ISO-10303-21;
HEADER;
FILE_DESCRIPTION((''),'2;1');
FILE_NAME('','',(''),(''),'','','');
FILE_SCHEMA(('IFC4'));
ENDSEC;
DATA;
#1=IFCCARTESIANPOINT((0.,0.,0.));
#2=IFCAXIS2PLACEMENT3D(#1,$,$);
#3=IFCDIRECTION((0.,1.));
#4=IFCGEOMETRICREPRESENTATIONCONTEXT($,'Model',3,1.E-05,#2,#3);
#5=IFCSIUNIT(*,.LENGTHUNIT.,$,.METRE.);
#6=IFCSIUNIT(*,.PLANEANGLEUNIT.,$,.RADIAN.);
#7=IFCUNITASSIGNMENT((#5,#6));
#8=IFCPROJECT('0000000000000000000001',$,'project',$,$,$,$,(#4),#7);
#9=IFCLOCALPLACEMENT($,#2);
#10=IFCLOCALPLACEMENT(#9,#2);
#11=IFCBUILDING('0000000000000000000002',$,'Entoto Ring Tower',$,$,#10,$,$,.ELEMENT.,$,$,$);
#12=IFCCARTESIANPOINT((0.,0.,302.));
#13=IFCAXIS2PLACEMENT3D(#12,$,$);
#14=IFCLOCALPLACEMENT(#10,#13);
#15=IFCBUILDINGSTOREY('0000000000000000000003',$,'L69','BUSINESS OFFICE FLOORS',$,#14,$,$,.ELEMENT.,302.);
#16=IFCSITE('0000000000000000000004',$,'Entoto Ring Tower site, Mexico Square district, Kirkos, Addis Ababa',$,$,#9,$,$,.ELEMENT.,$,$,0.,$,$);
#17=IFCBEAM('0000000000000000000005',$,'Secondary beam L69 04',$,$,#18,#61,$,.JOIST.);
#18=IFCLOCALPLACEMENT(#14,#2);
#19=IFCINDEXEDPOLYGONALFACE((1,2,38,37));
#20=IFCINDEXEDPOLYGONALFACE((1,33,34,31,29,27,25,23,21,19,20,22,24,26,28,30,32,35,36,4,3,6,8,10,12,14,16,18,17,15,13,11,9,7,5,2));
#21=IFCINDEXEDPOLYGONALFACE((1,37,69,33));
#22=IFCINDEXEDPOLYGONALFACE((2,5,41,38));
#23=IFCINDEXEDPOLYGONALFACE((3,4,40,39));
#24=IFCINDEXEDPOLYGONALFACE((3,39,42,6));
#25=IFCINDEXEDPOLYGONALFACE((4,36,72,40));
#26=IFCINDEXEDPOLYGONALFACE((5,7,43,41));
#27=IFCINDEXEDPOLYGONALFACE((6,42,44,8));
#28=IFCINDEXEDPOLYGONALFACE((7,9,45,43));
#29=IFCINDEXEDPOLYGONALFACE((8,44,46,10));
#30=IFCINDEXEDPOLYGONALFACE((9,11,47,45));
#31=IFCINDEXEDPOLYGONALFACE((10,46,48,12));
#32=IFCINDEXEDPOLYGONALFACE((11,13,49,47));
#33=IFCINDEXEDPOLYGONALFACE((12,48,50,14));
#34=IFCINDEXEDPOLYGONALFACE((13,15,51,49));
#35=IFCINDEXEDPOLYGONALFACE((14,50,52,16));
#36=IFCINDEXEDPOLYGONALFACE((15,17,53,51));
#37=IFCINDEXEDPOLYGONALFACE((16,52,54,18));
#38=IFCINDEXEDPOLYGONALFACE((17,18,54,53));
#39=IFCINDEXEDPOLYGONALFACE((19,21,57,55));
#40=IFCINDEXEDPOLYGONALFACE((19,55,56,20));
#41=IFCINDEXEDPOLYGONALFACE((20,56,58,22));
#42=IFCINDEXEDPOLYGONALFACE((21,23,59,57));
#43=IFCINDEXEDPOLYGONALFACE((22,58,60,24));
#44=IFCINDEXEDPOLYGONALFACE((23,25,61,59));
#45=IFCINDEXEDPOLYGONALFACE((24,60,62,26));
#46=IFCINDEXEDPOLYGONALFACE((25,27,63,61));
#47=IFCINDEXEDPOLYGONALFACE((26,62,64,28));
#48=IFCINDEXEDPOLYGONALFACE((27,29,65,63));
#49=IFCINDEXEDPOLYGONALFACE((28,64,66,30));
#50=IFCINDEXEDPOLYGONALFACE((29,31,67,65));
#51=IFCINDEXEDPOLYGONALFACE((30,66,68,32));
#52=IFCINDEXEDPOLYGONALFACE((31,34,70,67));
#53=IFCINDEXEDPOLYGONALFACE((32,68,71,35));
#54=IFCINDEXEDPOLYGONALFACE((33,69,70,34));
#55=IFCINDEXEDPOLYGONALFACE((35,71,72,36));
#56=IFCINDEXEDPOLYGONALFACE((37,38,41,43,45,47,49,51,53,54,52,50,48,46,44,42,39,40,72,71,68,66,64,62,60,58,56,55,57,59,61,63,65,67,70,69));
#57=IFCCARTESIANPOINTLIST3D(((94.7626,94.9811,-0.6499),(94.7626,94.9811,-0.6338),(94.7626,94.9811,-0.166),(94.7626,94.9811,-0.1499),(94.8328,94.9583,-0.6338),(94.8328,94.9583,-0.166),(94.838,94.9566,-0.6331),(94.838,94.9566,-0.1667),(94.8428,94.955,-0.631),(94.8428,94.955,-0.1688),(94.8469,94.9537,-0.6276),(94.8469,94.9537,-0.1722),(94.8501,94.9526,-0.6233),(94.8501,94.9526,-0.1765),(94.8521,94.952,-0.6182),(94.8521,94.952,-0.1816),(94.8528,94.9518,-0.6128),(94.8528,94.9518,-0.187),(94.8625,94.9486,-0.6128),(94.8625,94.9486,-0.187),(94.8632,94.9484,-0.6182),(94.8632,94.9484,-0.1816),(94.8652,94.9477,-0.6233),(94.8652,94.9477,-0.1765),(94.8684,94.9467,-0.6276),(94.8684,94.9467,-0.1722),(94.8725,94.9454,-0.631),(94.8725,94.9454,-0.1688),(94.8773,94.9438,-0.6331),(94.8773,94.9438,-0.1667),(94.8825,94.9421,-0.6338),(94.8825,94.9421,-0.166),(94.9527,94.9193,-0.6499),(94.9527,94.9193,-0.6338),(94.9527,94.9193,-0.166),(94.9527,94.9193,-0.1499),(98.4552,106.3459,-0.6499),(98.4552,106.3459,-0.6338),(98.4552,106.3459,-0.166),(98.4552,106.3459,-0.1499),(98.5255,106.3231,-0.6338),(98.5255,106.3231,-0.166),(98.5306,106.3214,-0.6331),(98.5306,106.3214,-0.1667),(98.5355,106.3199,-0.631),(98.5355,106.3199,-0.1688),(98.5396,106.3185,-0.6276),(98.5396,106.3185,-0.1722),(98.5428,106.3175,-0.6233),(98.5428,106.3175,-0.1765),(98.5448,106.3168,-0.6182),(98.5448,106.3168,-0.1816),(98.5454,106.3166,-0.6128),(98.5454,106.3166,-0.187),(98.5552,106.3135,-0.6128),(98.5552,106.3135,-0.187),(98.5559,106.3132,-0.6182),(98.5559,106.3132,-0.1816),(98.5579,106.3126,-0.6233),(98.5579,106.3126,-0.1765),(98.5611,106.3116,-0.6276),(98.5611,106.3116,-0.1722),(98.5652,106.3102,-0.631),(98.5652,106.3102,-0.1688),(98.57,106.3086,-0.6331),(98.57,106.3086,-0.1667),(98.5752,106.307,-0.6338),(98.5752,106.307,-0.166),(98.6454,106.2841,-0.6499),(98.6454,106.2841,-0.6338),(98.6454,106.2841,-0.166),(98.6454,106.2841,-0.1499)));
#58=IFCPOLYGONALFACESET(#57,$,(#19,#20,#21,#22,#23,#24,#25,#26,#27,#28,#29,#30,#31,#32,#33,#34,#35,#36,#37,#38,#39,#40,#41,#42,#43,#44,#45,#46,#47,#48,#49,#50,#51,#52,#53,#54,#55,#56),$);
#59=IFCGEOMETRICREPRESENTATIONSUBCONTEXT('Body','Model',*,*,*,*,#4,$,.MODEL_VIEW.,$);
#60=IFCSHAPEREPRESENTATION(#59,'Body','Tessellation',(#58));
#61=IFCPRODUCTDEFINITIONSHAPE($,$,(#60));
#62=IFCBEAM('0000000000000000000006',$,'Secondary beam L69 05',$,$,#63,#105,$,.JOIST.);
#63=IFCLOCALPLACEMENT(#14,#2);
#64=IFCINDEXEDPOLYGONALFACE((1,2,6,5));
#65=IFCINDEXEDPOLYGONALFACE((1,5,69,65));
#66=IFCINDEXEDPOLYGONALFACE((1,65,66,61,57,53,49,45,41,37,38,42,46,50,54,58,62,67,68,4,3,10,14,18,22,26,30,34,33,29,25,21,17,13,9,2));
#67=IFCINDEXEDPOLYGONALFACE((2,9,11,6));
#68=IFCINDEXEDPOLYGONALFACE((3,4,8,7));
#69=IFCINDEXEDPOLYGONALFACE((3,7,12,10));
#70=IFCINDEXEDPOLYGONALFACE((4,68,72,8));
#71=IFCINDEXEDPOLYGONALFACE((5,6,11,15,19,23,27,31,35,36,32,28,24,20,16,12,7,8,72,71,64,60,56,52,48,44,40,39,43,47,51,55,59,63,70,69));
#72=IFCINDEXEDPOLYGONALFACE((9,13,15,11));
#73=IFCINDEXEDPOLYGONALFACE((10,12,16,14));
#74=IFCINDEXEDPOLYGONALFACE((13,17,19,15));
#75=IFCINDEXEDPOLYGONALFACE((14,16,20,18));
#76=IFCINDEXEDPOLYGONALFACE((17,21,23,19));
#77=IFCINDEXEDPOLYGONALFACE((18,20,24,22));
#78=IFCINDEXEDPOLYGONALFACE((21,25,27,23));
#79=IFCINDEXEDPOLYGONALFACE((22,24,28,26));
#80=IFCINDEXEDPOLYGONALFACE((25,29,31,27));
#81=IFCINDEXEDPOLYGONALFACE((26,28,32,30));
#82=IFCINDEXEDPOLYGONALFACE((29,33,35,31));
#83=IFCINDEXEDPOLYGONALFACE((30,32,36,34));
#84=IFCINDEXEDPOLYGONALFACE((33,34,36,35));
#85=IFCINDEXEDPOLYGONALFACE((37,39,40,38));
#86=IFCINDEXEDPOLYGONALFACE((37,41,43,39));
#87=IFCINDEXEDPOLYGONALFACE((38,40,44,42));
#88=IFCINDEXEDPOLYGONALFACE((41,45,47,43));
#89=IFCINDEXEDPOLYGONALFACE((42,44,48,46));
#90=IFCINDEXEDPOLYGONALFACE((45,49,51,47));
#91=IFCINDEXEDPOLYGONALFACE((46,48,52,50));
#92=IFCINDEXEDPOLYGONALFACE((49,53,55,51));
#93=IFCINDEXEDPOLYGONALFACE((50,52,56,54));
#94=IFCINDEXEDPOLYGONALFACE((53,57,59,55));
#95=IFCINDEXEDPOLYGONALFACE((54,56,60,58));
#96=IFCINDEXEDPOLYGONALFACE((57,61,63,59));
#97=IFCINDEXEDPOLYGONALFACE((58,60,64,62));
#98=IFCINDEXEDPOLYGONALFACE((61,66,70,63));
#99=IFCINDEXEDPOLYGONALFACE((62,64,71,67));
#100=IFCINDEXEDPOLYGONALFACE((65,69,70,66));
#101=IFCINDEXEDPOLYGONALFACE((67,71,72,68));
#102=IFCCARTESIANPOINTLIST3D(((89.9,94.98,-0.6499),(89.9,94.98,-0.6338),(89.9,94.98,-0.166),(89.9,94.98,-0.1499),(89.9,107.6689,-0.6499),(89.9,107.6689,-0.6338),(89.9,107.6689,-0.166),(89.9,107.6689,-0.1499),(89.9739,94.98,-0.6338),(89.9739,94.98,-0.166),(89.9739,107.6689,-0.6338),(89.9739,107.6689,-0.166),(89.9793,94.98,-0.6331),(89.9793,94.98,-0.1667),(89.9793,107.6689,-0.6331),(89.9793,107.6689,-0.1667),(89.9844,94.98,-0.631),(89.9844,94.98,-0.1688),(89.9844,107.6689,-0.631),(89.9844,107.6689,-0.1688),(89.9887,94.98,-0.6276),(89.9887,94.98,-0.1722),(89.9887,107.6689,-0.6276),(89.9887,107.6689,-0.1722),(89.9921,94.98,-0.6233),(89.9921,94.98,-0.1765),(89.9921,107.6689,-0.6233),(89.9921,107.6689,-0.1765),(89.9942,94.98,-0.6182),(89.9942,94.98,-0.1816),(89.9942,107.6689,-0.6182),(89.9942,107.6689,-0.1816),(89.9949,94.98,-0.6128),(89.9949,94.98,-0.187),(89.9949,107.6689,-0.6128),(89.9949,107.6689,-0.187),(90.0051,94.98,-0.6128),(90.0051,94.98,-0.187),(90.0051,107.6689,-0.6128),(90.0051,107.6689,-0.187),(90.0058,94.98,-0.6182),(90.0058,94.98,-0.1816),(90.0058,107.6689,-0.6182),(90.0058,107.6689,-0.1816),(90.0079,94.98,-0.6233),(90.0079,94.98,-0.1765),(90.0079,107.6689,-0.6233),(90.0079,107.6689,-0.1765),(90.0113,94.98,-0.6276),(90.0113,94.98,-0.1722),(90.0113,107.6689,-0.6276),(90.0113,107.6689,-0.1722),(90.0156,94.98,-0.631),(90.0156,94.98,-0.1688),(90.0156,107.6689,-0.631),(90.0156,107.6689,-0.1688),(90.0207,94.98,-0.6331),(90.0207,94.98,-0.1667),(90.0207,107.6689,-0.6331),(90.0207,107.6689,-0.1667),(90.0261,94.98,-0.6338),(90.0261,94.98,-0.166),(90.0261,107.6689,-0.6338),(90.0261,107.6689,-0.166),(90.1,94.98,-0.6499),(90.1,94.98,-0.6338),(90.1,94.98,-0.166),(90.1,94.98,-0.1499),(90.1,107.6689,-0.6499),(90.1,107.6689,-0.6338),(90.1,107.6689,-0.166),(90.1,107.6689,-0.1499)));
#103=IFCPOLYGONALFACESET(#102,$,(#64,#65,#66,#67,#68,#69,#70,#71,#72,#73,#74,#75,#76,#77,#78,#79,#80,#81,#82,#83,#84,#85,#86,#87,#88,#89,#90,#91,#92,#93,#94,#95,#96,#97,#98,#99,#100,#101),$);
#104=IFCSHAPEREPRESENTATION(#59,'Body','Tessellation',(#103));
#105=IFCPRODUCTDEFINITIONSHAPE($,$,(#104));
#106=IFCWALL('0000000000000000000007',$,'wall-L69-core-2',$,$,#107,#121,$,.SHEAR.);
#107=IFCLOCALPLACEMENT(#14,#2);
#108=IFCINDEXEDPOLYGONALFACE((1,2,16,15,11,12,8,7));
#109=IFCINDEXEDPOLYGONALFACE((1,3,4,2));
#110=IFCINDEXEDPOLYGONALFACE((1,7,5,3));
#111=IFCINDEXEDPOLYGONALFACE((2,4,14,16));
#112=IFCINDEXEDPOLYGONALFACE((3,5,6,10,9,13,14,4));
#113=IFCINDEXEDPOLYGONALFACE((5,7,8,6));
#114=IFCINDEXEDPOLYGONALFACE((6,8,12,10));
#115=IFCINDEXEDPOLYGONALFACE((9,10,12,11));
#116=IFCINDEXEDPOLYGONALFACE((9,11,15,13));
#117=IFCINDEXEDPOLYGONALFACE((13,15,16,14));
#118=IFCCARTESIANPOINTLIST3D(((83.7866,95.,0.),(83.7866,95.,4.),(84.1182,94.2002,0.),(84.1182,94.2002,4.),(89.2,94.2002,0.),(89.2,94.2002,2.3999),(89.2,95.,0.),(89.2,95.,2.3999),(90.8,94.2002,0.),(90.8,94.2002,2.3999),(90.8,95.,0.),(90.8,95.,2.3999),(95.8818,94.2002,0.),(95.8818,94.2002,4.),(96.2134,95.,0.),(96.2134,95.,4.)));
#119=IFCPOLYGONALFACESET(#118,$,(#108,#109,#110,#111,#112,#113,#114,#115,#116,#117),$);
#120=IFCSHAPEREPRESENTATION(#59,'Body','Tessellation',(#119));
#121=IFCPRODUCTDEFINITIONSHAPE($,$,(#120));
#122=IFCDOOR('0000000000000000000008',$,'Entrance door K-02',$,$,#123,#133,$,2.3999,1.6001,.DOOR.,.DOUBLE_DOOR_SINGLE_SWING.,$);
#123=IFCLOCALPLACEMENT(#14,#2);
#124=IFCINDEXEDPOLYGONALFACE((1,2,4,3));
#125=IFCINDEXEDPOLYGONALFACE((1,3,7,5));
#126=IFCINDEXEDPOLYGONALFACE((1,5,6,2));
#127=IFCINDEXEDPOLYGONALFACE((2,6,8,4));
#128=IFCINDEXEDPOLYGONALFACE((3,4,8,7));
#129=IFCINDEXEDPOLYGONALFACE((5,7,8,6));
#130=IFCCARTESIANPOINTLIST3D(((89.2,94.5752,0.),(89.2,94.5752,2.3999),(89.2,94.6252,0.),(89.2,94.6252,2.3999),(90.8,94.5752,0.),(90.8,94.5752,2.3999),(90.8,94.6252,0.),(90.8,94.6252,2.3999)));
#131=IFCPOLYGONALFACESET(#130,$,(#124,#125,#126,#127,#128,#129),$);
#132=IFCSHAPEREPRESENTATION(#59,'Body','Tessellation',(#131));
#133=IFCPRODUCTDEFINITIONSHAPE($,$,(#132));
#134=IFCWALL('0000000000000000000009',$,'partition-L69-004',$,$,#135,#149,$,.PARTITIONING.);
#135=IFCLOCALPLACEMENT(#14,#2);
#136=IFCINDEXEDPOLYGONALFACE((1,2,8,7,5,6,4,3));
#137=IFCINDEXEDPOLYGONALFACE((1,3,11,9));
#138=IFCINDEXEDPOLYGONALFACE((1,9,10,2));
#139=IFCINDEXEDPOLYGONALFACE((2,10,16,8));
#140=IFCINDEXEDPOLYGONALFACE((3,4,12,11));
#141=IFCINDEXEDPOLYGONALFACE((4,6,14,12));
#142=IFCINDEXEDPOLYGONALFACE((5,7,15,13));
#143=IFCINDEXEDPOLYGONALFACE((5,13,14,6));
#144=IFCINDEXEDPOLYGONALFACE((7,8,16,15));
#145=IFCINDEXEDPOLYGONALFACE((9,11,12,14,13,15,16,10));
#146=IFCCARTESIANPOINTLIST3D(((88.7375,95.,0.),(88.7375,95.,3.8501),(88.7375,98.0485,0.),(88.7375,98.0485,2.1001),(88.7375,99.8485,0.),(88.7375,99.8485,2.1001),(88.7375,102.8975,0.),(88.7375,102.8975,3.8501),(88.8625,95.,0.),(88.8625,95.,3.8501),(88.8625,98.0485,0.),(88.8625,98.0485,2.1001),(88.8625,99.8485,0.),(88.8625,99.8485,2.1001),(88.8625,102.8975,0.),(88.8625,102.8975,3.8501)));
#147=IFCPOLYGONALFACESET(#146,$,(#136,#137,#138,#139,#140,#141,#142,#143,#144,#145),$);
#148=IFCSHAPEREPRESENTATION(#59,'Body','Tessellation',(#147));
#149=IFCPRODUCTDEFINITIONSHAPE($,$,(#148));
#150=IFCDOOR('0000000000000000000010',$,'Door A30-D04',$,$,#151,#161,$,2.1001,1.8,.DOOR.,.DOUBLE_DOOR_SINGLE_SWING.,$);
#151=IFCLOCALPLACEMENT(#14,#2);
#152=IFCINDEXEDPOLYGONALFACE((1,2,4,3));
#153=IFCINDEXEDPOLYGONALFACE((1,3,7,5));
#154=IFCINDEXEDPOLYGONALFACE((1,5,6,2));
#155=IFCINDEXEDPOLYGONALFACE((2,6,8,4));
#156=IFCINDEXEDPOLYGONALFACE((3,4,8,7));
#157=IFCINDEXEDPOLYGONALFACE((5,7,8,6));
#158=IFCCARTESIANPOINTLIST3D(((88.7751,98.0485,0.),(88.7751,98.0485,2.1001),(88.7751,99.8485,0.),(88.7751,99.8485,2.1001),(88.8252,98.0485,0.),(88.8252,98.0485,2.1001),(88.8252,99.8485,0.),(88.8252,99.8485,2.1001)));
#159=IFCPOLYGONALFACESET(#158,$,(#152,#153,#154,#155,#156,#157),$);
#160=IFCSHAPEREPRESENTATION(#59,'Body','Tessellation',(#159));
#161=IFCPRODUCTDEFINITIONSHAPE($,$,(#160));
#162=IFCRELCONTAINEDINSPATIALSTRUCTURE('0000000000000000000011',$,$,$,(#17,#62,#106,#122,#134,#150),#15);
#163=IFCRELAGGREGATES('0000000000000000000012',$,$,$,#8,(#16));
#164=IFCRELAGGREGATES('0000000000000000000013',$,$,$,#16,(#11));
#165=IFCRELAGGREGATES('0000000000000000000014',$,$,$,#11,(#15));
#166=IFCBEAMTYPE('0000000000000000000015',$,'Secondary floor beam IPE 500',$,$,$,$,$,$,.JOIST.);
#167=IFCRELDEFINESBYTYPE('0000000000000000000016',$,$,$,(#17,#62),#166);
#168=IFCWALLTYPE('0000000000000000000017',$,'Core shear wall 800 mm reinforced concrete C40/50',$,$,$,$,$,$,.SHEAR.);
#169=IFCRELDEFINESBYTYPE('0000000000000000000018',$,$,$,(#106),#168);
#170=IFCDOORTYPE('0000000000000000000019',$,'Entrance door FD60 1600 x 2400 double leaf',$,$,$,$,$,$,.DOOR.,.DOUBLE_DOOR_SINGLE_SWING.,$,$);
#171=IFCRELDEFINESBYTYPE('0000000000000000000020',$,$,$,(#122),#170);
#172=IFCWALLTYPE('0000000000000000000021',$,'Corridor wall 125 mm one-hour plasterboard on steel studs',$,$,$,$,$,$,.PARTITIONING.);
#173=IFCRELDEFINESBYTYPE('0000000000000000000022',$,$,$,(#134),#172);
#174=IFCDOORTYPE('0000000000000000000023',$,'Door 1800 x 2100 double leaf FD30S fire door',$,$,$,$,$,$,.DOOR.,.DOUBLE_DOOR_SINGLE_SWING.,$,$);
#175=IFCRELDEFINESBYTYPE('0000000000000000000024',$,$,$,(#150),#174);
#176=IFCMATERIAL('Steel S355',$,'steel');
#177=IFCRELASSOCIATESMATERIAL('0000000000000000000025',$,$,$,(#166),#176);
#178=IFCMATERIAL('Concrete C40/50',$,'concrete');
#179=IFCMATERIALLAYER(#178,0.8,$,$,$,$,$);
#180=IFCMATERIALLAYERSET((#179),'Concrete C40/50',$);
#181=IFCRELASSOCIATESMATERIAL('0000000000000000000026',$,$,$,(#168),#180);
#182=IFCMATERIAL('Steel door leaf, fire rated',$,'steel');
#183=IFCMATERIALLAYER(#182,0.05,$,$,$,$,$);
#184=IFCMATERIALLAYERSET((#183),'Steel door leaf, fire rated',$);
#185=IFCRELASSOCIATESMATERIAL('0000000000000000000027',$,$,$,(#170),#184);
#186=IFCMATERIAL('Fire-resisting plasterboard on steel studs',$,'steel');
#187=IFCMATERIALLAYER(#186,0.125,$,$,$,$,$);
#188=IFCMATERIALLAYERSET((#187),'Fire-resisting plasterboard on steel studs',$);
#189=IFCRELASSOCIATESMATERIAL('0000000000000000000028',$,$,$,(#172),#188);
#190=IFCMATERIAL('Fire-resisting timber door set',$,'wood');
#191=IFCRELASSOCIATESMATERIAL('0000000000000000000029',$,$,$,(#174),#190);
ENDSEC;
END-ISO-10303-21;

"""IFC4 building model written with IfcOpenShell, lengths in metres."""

from ifc_helpers import new_model, si_unit, direction, frame, frame_2d, origin, origin_2d, place, context, subcontext, project, spatial, polyline, rectangle, i_section, outline, extrude, material, layer, layer_set, material_profile, profile_set, type_object, element, fill, save


model = new_model("IFC4")

# Units and contexts
model_context = context("Model", 3, precision=1e-05, world=origin(), true_north=direction((0.0, 1.0)))
body_context = subcontext(model_context, "Body", "Model", "MODEL_VIEW")
ifc_project = project(units=[si_unit("LENGTHUNIT", "METRE"), si_unit("PLANEANGLEUNIT", "RADIAN")], contexts=[model_context])

# Site, building, storey
site_placement = place(None, origin())
site = spatial("IfcSite", under=ifc_project, at=site_placement, Name="Entoto Ring Tower site, Mexico Square district, Kirkos, Addis Ababa", CompositionType="ELEMENT", RefElevation=0.0)
building_placement = place(site_placement, origin())
building = spatial("IfcBuilding", under=site, at=building_placement, Name="Entoto Ring Tower", CompositionType="ELEMENT")
storey_placement = place(building_placement, frame((0.0, 0.0, 302.0)))
storey = spatial("IfcBuildingStorey", under=building, at=storey_placement, Name="L69", Description="BUSINESS OFFICE FLOORS", CompositionType="ELEMENT", Elevation=302.0)

# Beams
ifc_material_1 = material(Name="Steel S355", Category="steel")
ifc_material_profile_1 = material_profile(ifc_material_1, i_section(OverallWidth=0.2, OverallDepth=0.5, WebThickness=0.0103, FlangeThickness=0.0161, FilletRadius=0.021, at=origin_2d()), Name="IPE 500")
ifc_profile_set_1 = profile_set([ifc_material_profile_1], Name="Steel S355")
beam_type_1 = type_object("IfcBeamType", Name="Secondary floor beam IPE 500", PredefinedType="JOIST", material=ifc_profile_set_1)
beam_1_placement = place(storey_placement, frame((94.8577, 94.9502, -0.3999), z_axis=(0.309017, 0.951057, 0.0), x_axis=(-0.951057, 0.309017, 0.0)))
element("IfcBeam", 1, at=beam_1_placement, inside=storey, type_object=beam_type_1, Name="Secondary beam L69 04", PredefinedType="JOIST", context=body_context, shape_type="SweptSolid", body=[
    extrude(i_section(OverallWidth=0.2, OverallDepth=0.5, WebThickness=0.0103, FlangeThickness=0.0161, FilletRadius=0.021, at=origin_2d()), origin(), (0.0, 0.0, 1.0), 11.9497),
])
beam_2_placement = place(storey_placement, frame((90.0, 94.98, -0.3999), z_axis=(0.0, 1.0, 0.0), x_axis=(-1.0, 0.0, 0.0)))
element("IfcBeam", 2, at=beam_2_placement, inside=storey, type_object=beam_type_1, Name="Secondary beam L69 05", PredefinedType="JOIST", context=body_context, shape_type="SweptSolid", body=[
    extrude(i_section(OverallWidth=0.2, OverallDepth=0.5, WebThickness=0.0103, FlangeThickness=0.0161, FilletRadius=0.021, at=origin_2d()), origin(), (0.0, 0.0, 1.0), 12.689),
])

# Walls, openings, doors
ifc_material_2 = material(Name="Concrete C40/50", Category="concrete")
ifc_layer_1 = layer(ifc_material_2, 0.8)
ifc_layer_set_1 = layer_set([ifc_layer_1], Name="Concrete C40/50")
wall_type_1 = type_object("IfcWallType", Name="Core shear wall 800 mm reinforced concrete C40/50", PredefinedType="SHEAR", material=ifc_layer_set_1)
wall_1_placement = place(storey_placement, frame((96.0476, 94.6001, 0.0), z_axis=(0.0, 0.0, 1.0), x_axis=(-1.0, 0.0, 0.0)))
wall_1 = element("IfcWall", 3, at=wall_1_placement, inside=storey, type_object=wall_type_1, Name="wall-L69-core-2", PredefinedType="SHEAR", context=body_context, shape_type="SweptSolid", body=[
    extrude(outline(polyline([(-0.1658, -0.3999), (12.261, -0.3999), (11.9294, 0.3999), (0.1658, 0.3999), (-0.1658, -0.3999)])), origin(), (0.0, 0.0, 1.0), 4.0),
])
opening_1_placement = place(wall_1_placement, frame((5.2476, 0.0, 0.0)))
opening_1 = element("IfcOpeningElement", 4, at=opening_1_placement, cuts=wall_1, PredefinedType="OPENING", context=body_context, shape_type="SweptSolid", body=[
    extrude(rectangle(XDim=1.6001, YDim=2.3999, at=frame_2d((0.8, 1.2))), frame((0.0, 0.4102, 0.0), z_axis=(0.0, -1.0, 0.0), x_axis=(1.0, 0.0, 0.0)), (0.0, 0.0, 1.0), 0.8201),
])
ifc_material_3 = material(Name="Steel door leaf, fire rated", Category="steel")
ifc_layer_2 = layer(ifc_material_3, 0.05)
ifc_layer_set_2 = layer_set([ifc_layer_2], Name="Steel door leaf, fire rated")
door_type_1 = type_object("IfcDoorType", Name="Entrance door FD60 1600 x 2400 double leaf", OperationType="DOUBLE_DOOR_SINGLE_SWING", PredefinedType="DOOR", material=ifc_layer_set_2)
door_1_placement = place(opening_1_placement, origin())
door_1 = element("IfcDoor", 5, at=door_1_placement, inside=storey, type_object=door_type_1, Name="Entrance door K-02", OperationType="DOUBLE_DOOR_SINGLE_SWING", OverallHeight=2.3999, OverallWidth=1.6001, PredefinedType="DOOR", context=body_context, shape_type="SweptSolid", body=[
    extrude(rectangle(XDim=1.6001, YDim=2.3999, at=frame_2d((0.8, 1.2))), frame((0.0, 0.0249, 0.0), z_axis=(0.0, -1.0, 0.0), x_axis=(1.0, 0.0, 0.0)), (0.0, 0.0, 1.0), 0.05),
])
fill(opening_1, door_1)
ifc_material_4 = material(Name="Fire-resisting plasterboard on steel studs", Category="steel")
ifc_layer_3 = layer(ifc_material_4, 0.125)
ifc_layer_set_3 = layer_set([ifc_layer_3], Name="Fire-resisting plasterboard on steel studs")
wall_type_2 = type_object("IfcWallType", Name="Corridor wall 125 mm one-hour plasterboard on steel studs", PredefinedType="PARTITIONING", material=ifc_layer_set_3)
wall_2_placement = place(storey_placement, frame((88.8, 95.0, 0.0), z_axis=(0.0, 0.0, 1.0), x_axis=(0.0, 1.0, 0.0)))
wall_2 = element("IfcWall", 6, at=wall_2_placement, inside=storey, type_object=wall_type_2, Name="partition-L69-004", PredefinedType="PARTITIONING", context=body_context, shape_type="SweptSolid", body=[
    extrude(rectangle(XDim=7.8975, YDim=0.125, at=frame_2d((3.9487, 0.0))), origin(), (0.0, 0.0, 1.0), 3.8501),
])
opening_2_placement = place(wall_2_placement, frame((3.0486, 0.0, 0.0)))
opening_2 = element("IfcOpeningElement", 7, at=opening_2_placement, cuts=wall_2, PredefinedType="OPENING", context=body_context, shape_type="SweptSolid", body=[
    extrude(rectangle(XDim=1.8, YDim=2.1001, at=frame_2d((0.8999, 1.05))), frame((0.0, 0.0725, 0.0), z_axis=(0.0, -1.0, 0.0), x_axis=(1.0, 0.0, 0.0)), (0.0, 0.0, 1.0), 0.145),
])
ifc_material_5 = material(Name="Fire-resisting timber door set", Category="wood")
door_type_2 = type_object("IfcDoorType", Name="Door 1800 x 2100 double leaf FD30S fire door", OperationType="DOUBLE_DOOR_SINGLE_SWING", PredefinedType="DOOR", material=ifc_material_5)
door_2_placement = place(opening_2_placement, origin())
door_2 = element("IfcDoor", 8, at=door_2_placement, inside=storey, type_object=door_type_2, Name="Door A30-D04", OperationType="DOUBLE_DOOR_SINGLE_SWING", OverallHeight=2.1001, OverallWidth=1.8, PredefinedType="DOOR", context=body_context, shape_type="SweptSolid", body=[
    extrude(rectangle(XDim=1.8, YDim=2.1001, at=frame_2d((0.8999, 1.05))), frame((0.0, 0.0249, 0.0), z_axis=(0.0, -1.0, 0.0), x_axis=(1.0, 0.0, 0.0)), (0.0, 0.0, 1.0), 0.05),
])
fill(opening_2, door_2)

save(model, "model.ifc")
